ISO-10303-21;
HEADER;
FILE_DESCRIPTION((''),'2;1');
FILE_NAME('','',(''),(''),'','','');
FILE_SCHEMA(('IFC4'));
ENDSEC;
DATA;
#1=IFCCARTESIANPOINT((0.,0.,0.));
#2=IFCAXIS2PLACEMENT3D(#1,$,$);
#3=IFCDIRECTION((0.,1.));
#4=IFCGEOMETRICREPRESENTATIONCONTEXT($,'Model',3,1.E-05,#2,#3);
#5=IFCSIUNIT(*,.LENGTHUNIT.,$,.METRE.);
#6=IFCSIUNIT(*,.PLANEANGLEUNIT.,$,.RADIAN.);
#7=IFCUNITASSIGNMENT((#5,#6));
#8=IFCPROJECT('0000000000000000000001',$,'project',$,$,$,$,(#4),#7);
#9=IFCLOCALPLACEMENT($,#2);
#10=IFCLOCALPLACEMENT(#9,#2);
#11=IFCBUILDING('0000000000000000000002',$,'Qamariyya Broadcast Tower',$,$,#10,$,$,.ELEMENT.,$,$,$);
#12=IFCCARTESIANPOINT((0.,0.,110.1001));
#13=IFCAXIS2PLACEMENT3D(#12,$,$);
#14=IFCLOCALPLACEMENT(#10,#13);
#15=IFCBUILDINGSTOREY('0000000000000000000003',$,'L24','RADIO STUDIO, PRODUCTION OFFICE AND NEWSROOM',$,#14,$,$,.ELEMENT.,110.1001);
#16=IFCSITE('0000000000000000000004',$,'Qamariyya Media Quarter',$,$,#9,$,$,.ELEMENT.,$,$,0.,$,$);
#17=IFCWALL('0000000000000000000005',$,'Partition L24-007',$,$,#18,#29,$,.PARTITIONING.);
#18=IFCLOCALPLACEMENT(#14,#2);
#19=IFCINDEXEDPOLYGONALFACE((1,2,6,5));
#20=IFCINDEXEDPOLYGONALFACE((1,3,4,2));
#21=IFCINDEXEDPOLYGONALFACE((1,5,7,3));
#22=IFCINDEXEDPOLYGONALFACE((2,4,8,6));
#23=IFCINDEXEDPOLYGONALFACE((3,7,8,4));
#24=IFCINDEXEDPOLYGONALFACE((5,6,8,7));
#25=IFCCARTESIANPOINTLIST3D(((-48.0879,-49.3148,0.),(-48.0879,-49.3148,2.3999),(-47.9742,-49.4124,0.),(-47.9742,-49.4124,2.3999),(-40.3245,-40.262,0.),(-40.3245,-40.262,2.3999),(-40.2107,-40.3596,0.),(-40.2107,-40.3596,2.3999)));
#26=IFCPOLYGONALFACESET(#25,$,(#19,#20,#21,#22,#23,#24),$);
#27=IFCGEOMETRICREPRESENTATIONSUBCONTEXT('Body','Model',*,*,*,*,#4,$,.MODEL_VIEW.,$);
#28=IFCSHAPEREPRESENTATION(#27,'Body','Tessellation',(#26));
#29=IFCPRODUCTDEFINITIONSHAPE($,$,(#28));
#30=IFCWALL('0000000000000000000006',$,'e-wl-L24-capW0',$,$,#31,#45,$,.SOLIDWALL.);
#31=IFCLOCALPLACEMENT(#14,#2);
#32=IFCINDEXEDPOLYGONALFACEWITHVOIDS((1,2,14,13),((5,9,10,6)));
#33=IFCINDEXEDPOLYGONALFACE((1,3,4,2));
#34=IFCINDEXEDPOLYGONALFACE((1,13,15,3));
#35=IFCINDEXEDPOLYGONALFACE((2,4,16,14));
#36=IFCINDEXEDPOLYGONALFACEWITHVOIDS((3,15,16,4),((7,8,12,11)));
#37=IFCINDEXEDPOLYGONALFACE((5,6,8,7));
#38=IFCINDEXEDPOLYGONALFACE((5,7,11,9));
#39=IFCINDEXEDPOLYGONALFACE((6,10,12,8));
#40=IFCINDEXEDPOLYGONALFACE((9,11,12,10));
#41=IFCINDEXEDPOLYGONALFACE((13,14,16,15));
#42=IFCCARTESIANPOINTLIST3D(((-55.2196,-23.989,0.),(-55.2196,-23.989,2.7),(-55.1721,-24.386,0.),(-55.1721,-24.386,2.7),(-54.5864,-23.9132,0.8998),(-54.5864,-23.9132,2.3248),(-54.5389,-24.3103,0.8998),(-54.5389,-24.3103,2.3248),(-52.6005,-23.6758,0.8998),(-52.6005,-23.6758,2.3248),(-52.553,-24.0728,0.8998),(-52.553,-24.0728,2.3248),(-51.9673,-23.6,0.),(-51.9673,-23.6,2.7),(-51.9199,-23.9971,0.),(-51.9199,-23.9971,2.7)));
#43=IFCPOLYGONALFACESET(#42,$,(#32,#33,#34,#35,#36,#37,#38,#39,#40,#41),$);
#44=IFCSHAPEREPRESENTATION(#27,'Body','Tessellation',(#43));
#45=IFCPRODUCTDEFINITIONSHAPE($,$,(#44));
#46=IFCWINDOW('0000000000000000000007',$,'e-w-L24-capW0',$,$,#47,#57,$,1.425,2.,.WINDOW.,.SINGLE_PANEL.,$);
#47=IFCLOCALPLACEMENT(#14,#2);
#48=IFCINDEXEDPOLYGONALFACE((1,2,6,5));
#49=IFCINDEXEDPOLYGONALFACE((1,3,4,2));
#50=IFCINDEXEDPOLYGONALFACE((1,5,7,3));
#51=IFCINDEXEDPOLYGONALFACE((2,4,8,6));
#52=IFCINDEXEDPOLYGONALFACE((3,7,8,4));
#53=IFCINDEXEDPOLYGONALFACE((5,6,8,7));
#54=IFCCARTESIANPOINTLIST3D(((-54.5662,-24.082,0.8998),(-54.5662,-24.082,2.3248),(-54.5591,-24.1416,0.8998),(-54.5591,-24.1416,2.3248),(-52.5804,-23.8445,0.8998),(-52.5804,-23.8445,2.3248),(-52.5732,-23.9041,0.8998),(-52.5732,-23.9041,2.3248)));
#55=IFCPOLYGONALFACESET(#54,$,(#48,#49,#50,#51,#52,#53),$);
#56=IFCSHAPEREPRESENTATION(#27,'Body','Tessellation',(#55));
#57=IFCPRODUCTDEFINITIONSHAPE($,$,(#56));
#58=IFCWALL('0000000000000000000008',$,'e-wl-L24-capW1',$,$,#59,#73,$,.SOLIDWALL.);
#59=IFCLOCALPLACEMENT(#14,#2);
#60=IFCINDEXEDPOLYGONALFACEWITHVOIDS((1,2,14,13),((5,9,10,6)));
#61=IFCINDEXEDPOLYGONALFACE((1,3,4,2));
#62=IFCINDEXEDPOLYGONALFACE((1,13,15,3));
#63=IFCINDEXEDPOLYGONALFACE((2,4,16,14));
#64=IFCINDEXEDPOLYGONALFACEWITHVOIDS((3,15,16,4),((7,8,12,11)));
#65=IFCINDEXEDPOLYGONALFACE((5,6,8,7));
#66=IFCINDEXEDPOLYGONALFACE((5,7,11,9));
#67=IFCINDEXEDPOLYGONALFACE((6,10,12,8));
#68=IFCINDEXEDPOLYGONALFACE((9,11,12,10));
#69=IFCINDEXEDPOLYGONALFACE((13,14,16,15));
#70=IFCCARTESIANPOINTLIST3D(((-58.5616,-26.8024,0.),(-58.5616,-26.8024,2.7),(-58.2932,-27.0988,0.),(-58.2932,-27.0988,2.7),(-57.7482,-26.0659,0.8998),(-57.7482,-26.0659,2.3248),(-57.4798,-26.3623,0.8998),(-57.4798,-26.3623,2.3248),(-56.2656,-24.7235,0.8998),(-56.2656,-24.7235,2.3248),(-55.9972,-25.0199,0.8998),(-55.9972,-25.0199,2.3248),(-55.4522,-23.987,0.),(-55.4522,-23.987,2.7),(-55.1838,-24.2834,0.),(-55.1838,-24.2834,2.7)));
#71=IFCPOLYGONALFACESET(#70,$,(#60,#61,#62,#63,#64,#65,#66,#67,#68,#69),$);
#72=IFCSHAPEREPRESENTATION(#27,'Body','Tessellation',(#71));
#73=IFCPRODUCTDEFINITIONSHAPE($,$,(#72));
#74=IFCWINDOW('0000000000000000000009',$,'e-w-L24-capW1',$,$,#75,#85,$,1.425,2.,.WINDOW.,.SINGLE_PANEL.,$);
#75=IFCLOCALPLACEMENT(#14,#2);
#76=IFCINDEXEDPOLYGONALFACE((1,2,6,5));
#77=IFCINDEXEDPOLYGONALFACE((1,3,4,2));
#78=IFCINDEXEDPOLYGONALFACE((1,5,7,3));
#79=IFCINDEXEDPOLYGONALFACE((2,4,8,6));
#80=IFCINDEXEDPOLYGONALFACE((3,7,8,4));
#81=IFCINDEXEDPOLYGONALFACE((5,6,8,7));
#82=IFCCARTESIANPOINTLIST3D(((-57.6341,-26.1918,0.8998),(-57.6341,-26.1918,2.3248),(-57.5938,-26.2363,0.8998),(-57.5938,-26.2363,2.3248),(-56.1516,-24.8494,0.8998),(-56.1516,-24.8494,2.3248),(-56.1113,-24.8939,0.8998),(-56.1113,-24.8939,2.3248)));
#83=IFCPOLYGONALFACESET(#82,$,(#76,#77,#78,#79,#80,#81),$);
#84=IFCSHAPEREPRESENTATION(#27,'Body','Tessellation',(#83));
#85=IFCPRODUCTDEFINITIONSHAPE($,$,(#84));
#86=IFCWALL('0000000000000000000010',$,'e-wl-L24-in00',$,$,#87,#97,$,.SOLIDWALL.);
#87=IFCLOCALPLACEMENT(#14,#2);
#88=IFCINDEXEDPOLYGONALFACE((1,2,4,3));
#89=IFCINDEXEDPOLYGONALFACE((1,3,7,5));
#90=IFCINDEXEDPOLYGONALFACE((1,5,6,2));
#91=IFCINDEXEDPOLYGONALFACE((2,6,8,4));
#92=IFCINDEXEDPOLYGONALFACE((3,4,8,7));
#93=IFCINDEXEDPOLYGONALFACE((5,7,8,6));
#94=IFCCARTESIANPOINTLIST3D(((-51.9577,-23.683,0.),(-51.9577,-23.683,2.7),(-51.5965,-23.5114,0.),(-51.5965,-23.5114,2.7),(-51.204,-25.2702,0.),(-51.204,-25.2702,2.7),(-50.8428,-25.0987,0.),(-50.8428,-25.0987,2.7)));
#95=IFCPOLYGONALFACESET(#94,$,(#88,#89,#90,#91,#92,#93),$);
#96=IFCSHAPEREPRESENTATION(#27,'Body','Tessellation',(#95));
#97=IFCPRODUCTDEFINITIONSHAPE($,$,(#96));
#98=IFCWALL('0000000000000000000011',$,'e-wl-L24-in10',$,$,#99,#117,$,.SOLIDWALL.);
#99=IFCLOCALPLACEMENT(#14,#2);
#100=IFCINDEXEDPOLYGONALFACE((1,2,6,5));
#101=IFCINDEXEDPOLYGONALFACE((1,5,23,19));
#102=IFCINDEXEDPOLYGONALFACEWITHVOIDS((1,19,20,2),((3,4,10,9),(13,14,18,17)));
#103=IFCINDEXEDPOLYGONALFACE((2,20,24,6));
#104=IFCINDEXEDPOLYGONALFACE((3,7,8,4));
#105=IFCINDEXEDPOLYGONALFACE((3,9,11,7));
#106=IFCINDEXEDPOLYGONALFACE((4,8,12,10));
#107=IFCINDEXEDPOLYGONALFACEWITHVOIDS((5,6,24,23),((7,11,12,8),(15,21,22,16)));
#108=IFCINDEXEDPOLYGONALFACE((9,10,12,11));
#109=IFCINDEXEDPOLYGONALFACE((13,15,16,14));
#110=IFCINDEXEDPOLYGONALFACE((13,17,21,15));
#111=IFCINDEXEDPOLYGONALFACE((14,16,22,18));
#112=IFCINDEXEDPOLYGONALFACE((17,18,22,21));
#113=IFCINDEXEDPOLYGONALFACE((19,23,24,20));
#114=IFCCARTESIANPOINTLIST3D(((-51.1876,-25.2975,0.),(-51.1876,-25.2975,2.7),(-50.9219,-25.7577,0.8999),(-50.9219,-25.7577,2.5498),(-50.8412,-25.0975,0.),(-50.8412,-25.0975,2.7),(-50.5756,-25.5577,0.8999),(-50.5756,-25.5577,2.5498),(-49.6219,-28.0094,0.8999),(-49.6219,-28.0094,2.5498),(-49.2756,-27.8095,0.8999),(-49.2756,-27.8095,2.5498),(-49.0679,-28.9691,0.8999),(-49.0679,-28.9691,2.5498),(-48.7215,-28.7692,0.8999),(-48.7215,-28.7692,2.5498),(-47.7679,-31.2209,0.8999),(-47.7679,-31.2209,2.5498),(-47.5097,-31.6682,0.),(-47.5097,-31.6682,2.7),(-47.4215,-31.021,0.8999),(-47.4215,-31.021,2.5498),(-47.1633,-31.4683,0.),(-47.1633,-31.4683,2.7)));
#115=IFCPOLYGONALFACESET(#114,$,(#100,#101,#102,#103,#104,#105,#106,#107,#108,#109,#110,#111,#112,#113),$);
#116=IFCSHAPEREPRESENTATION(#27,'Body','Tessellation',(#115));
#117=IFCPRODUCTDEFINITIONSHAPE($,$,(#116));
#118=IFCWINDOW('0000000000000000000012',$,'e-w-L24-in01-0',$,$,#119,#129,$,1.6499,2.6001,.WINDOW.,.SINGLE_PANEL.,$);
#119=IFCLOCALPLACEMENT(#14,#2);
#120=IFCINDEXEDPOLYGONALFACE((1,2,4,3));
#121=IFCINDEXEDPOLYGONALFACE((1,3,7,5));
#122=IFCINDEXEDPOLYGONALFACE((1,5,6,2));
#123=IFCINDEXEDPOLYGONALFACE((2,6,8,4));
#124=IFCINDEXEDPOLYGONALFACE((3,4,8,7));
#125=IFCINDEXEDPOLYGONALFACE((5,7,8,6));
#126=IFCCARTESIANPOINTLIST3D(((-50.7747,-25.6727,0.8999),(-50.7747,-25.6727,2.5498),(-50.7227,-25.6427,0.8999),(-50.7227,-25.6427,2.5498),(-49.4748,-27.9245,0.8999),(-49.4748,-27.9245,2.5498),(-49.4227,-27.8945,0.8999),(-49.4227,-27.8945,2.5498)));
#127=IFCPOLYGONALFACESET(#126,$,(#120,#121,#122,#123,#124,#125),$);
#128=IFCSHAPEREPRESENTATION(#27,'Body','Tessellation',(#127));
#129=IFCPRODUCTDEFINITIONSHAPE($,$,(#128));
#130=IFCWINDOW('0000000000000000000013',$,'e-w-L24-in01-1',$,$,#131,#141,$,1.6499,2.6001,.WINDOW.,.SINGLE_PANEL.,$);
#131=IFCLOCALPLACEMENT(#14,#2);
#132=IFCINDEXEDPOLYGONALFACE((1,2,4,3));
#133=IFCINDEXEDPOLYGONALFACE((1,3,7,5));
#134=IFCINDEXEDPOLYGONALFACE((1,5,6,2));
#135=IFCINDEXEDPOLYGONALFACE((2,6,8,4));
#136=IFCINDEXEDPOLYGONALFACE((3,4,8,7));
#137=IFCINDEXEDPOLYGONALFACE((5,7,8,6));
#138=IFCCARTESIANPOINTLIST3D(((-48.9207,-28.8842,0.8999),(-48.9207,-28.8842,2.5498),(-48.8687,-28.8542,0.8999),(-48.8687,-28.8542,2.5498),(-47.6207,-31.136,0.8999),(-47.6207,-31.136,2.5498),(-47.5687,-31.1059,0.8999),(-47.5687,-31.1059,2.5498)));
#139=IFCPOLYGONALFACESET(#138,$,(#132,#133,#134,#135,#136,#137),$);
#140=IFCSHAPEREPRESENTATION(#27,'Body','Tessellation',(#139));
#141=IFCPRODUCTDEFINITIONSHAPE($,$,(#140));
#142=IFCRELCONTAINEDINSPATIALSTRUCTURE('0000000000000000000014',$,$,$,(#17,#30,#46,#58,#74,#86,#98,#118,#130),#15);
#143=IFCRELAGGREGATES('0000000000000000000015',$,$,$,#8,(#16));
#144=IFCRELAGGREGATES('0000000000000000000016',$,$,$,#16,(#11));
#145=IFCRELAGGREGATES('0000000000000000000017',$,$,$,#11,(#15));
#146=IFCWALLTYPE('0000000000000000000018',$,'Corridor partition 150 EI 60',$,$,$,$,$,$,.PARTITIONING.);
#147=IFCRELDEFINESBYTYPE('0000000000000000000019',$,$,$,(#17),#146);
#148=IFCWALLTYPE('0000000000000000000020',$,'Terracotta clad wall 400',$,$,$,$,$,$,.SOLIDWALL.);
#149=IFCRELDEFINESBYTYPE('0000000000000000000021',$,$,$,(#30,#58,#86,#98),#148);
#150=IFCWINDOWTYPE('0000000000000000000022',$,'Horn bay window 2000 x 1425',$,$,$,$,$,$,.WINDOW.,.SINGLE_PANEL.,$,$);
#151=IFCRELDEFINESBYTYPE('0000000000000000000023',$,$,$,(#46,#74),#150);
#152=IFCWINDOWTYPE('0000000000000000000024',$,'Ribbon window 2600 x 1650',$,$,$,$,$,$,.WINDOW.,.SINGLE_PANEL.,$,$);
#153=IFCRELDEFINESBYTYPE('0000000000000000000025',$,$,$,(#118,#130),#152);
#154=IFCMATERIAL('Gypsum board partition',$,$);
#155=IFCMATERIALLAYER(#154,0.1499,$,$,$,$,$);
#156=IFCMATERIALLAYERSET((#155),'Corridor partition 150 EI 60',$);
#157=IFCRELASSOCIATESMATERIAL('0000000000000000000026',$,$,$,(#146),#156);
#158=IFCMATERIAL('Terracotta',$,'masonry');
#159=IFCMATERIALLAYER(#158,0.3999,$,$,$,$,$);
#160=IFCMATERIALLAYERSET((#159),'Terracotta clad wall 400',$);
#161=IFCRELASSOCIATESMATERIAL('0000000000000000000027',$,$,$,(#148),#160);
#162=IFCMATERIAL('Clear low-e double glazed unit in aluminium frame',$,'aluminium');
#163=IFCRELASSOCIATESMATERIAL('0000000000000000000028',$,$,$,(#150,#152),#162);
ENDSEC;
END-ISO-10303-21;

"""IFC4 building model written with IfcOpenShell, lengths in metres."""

from ifc_helpers import new_model, si_unit, direction, frame, frame_2d, origin, place, context, subcontext, project, spatial, rectangle, extrude, material, layer, layer_set, type_object, element, fill, save


model = new_model("IFC4")

# Units and contexts
model_context = context("Model", 3, precision=1e-05, world=origin(), true_north=direction((0.0, 1.0)))
body_context = subcontext(model_context, "Body", "Model", "MODEL_VIEW")
ifc_project = project(units=[si_unit("LENGTHUNIT", "METRE"), si_unit("PLANEANGLEUNIT", "RADIAN")], contexts=[model_context])

# Site, building, storey
site_placement = place(None, origin())
site = spatial("IfcSite", under=ifc_project, at=site_placement, Name="Qamariyya Media Quarter", CompositionType="ELEMENT", RefElevation=0.0)
building_placement = place(site_placement, origin())
building = spatial("IfcBuilding", under=site, at=building_placement, Name="Qamariyya Broadcast Tower", CompositionType="ELEMENT")
storey_placement = place(building_placement, frame((0.0, 0.0, 110.1001)))
storey = spatial("IfcBuildingStorey", under=building, at=storey_placement, Name="L24", Description="RADIO STUDIO, PRODUCTION OFFICE AND NEWSROOM", CompositionType="ELEMENT", Elevation=110.1001)

# Shared definitions
ifc_material_1 = material(Name="Gypsum board partition")
ifc_layer_1 = layer(ifc_material_1, 0.1499)
ifc_layer_set_1 = layer_set([ifc_layer_1], Name="Corridor partition 150 EI 60")
wall_type_1 = type_object("IfcWallType", Name="Corridor partition 150 EI 60", PredefinedType="PARTITIONING", material=ifc_layer_set_1)

# Wall
wall_1_placement = place(storey_placement, frame((-40.2676, -40.3108, 0.0), z_axis=(0.0, 0.0, 1.0), x_axis=(-0.650982, -0.759093, 0.0)))
element("IfcWall", 1, at=wall_1_placement, inside=storey, type_object=wall_type_1, Name="Partition L24-007", PredefinedType="PARTITIONING", context=body_context, shape_type="SweptSolid", body=[
    extrude(rectangle(XDim=11.9258, YDim=0.1499, at=frame_2d((5.9629, 0.0))), origin(), (0.0, 0.0, 1.0), 2.3999),
])

# Walls, openings, windows
ifc_material_2 = material(Name="Terracotta", Category="masonry")
ifc_layer_2 = layer(ifc_material_2, 0.3999)
ifc_layer_set_2 = layer_set([ifc_layer_2], Name="Terracotta clad wall 400")
wall_type_2 = type_object("IfcWallType", Name="Terracotta clad wall 400", PredefinedType="SOLIDWALL", material=ifc_layer_set_2)
wall_2_placement = place(storey_placement, frame((-51.9436, -23.7986, 0.0), z_axis=(0.0, 0.0, 1.0), x_axis=(-0.992925, -0.11874, 0.0)))
wall_2 = element("IfcWall", 2, at=wall_2_placement, inside=storey, type_object=wall_type_2, Name="e-wl-L24-capW0", PredefinedType="SOLIDWALL", context=body_context, shape_type="SweptSolid", body=[
    extrude(rectangle(XDim=3.2754, YDim=0.3999, at=frame_2d((1.6377, 0.0))), origin(), (0.0, 0.0, 1.0), 2.7),
])
opening_1_placement = place(wall_2_placement, frame((0.6377, 0.0, 0.8999)))
opening_1 = element("IfcOpeningElement", 3, at=opening_1_placement, cuts=wall_2, PredefinedType="OPENING", context=body_context, shape_type="SweptSolid", body=[
    extrude(rectangle(XDim=2.0, YDim=1.425, at=frame_2d((1.0, 0.7124))), frame((0.0, 0.21, 0.0), z_axis=(0.0, -1.0, 0.0), x_axis=(1.0, 0.0, 0.0)), (0.0, 0.0, 1.0), 0.4199),
])
ifc_material_3 = material(Name="Clear low-e double glazed unit in aluminium frame", Category="aluminium")
window_type_1 = type_object("IfcWindowType", Name="Horn bay window 2000 x 1425", PartitioningType="SINGLE_PANEL", PredefinedType="WINDOW", material=ifc_material_3)
window_1_placement = place(opening_1_placement, origin())
window_1 = element("IfcWindow", 4, at=window_1_placement, inside=storey, type_object=window_type_1, Name="e-w-L24-capW0", OverallHeight=1.425, OverallWidth=2.0, PartitioningType="SINGLE_PANEL", PredefinedType="WINDOW", context=body_context, shape_type="SweptSolid", body=[
    extrude(rectangle(XDim=2.0, YDim=1.425, at=frame_2d((1.0, 0.7124))), frame((0.0, 0.03, 0.0), z_axis=(0.0, -1.0, 0.0), x_axis=(1.0, 0.0, 0.0)), (0.0, 0.0, 1.0), 0.0601),
])
fill(opening_1, window_1)
wall_3_placement = place(storey_placement, frame((-55.3181, -24.1353, 0.0), z_axis=(0.0, 0.0, 1.0), x_axis=(-0.741276, -0.6712, 0.0)))
wall_3 = element("IfcWall", 5, at=wall_3_placement, inside=storey, type_object=wall_type_2, Name="e-wl-L24-capW1", PredefinedType="SOLIDWALL", context=body_context, shape_type="SweptSolid", body=[
    extrude(rectangle(XDim=4.1946, YDim=0.3999, at=frame_2d((2.0972, 0.0))), origin(), (0.0, 0.0, 1.0), 2.7),
])
opening_2_placement = place(wall_3_placement, frame((1.0972, 0.0, 0.8999)))
opening_2 = element("IfcOpeningElement", 6, at=opening_2_placement, cuts=wall_3, PredefinedType="OPENING", context=body_context, shape_type="SweptSolid", body=[
    extrude(rectangle(XDim=2.0, YDim=1.425, at=frame_2d((1.0, 0.7124))), frame((0.0, 0.21, 0.0), z_axis=(0.0, -1.0, 0.0), x_axis=(1.0, 0.0, 0.0)), (0.0, 0.0, 1.0), 0.4199),
])
window_2_placement = place(opening_2_placement, origin())
window_2 = element("IfcWindow", 7, at=window_2_placement, inside=storey, type_object=window_type_1, Name="e-w-L24-capW1", OverallHeight=1.425, OverallWidth=2.0, PartitioningType="SINGLE_PANEL", PredefinedType="WINDOW", context=body_context, shape_type="SweptSolid", body=[
    extrude(rectangle(XDim=2.0, YDim=1.425, at=frame_2d((1.0, 0.7124))), frame((0.0, 0.03, 0.0), z_axis=(0.0, -1.0, 0.0), x_axis=(1.0, 0.0, 0.0)), (0.0, 0.0, 1.0), 0.0601),
])
fill(opening_2, window_2)

# Wall
wall_4_placement = place(storey_placement, frame((-51.0234, -25.1843, 0.0), z_axis=(0.0, 0.0, 1.0), x_axis=(-0.428946, 0.90333, 0.0)))
element("IfcWall", 8, at=wall_4_placement, inside=storey, type_object=wall_type_2, Name="e-wl-L24-in00", PredefinedType="SOLIDWALL", context=body_context, shape_type="SweptSolid", body=[
    extrude(rectangle(XDim=1.7571, YDim=0.3999, at=frame_2d((0.8784, 0.0))), origin(), (0.0, 0.0, 1.0), 2.7),
])

# Wall, openings, windows
wall_5_placement = place(storey_placement, frame((-47.3364, -31.5684, 0.0), z_axis=(0.0, 0.0, 1.0), x_axis=(-0.499976, 0.866039, 0.0)))
wall_5 = element("IfcWall", 9, at=wall_5_placement, inside=storey, type_object=wall_type_2, Name="e-wl-L24-in10", PredefinedType="SOLIDWALL", context=body_context, shape_type="SweptSolid", body=[
    extrude(rectangle(XDim=7.3562, YDim=0.3999, at=frame_2d((3.6782, 0.0))), origin(), (0.0, 0.0, 1.0), 2.7),
])
opening_3_placement = place(wall_5_placement, frame((4.2249, 0.0, 0.8999)))
opening_3 = element("IfcOpeningElement", 10, at=opening_3_placement, cuts=wall_5, PredefinedType="OPENING", context=body_context, shape_type="SweptSolid", body=[
    extrude(rectangle(XDim=2.6001, YDim=1.6499, at=frame_2d((1.3, 0.825))), frame((0.0, 0.21, 0.0), z_axis=(0.0, -1.0, 0.0), x_axis=(1.0, 0.0, 0.0)), (0.0, 0.0, 1.0), 0.4199),
])
opening_4_placement = place(wall_5_placement, frame((0.5166, 0.0, 0.8999)))
opening_4 = element("IfcOpeningElement", 11, at=opening_4_placement, cuts=wall_5, PredefinedType="OPENING", context=body_context, shape_type="SweptSolid", body=[
    extrude(rectangle(XDim=2.6001, YDim=1.6499, at=frame_2d((1.3, 0.825))), frame((0.0, 0.21, 0.0), z_axis=(0.0, -1.0, 0.0), x_axis=(1.0, 0.0, 0.0)), (0.0, 0.0, 1.0), 0.4199),
])
window_type_2 = type_object("IfcWindowType", Name="Ribbon window 2600 x 1650", PartitioningType="SINGLE_PANEL", PredefinedType="WINDOW", material=ifc_material_3)
window_3_placement = place(opening_3_placement, origin())
window_3 = element("IfcWindow", 12, at=window_3_placement, inside=storey, type_object=window_type_2, Name="e-w-L24-in01-0", OverallHeight=1.6499, OverallWidth=2.6001, PartitioningType="SINGLE_PANEL", PredefinedType="WINDOW", context=body_context, shape_type="SweptSolid", body=[
    extrude(rectangle(XDim=2.6001, YDim=1.6499, at=frame_2d((1.3, 0.825))), frame((0.0, 0.03, 0.0), z_axis=(0.0, -1.0, 0.0), x_axis=(1.0, 0.0, 0.0)), (0.0, 0.0, 1.0), 0.0601),
])
fill(opening_3, window_3)
window_4_placement = place(opening_4_placement, origin())
window_4 = element("IfcWindow", 13, at=window_4_placement, inside=storey, type_object=window_type_2, Name="e-w-L24-in01-1", OverallHeight=1.6499, OverallWidth=2.6001, PartitioningType="SINGLE_PANEL", PredefinedType="WINDOW", context=body_context, shape_type="SweptSolid", body=[
    extrude(rectangle(XDim=2.6001, YDim=1.6499, at=frame_2d((1.3, 0.825))), frame((0.0, 0.03, 0.0), z_axis=(0.0, -1.0, 0.0), x_axis=(1.0, 0.0, 0.0)), (0.0, 0.0, 1.0), 0.0601),
])
fill(opening_4, window_4)

save(model, "model.ifc")
